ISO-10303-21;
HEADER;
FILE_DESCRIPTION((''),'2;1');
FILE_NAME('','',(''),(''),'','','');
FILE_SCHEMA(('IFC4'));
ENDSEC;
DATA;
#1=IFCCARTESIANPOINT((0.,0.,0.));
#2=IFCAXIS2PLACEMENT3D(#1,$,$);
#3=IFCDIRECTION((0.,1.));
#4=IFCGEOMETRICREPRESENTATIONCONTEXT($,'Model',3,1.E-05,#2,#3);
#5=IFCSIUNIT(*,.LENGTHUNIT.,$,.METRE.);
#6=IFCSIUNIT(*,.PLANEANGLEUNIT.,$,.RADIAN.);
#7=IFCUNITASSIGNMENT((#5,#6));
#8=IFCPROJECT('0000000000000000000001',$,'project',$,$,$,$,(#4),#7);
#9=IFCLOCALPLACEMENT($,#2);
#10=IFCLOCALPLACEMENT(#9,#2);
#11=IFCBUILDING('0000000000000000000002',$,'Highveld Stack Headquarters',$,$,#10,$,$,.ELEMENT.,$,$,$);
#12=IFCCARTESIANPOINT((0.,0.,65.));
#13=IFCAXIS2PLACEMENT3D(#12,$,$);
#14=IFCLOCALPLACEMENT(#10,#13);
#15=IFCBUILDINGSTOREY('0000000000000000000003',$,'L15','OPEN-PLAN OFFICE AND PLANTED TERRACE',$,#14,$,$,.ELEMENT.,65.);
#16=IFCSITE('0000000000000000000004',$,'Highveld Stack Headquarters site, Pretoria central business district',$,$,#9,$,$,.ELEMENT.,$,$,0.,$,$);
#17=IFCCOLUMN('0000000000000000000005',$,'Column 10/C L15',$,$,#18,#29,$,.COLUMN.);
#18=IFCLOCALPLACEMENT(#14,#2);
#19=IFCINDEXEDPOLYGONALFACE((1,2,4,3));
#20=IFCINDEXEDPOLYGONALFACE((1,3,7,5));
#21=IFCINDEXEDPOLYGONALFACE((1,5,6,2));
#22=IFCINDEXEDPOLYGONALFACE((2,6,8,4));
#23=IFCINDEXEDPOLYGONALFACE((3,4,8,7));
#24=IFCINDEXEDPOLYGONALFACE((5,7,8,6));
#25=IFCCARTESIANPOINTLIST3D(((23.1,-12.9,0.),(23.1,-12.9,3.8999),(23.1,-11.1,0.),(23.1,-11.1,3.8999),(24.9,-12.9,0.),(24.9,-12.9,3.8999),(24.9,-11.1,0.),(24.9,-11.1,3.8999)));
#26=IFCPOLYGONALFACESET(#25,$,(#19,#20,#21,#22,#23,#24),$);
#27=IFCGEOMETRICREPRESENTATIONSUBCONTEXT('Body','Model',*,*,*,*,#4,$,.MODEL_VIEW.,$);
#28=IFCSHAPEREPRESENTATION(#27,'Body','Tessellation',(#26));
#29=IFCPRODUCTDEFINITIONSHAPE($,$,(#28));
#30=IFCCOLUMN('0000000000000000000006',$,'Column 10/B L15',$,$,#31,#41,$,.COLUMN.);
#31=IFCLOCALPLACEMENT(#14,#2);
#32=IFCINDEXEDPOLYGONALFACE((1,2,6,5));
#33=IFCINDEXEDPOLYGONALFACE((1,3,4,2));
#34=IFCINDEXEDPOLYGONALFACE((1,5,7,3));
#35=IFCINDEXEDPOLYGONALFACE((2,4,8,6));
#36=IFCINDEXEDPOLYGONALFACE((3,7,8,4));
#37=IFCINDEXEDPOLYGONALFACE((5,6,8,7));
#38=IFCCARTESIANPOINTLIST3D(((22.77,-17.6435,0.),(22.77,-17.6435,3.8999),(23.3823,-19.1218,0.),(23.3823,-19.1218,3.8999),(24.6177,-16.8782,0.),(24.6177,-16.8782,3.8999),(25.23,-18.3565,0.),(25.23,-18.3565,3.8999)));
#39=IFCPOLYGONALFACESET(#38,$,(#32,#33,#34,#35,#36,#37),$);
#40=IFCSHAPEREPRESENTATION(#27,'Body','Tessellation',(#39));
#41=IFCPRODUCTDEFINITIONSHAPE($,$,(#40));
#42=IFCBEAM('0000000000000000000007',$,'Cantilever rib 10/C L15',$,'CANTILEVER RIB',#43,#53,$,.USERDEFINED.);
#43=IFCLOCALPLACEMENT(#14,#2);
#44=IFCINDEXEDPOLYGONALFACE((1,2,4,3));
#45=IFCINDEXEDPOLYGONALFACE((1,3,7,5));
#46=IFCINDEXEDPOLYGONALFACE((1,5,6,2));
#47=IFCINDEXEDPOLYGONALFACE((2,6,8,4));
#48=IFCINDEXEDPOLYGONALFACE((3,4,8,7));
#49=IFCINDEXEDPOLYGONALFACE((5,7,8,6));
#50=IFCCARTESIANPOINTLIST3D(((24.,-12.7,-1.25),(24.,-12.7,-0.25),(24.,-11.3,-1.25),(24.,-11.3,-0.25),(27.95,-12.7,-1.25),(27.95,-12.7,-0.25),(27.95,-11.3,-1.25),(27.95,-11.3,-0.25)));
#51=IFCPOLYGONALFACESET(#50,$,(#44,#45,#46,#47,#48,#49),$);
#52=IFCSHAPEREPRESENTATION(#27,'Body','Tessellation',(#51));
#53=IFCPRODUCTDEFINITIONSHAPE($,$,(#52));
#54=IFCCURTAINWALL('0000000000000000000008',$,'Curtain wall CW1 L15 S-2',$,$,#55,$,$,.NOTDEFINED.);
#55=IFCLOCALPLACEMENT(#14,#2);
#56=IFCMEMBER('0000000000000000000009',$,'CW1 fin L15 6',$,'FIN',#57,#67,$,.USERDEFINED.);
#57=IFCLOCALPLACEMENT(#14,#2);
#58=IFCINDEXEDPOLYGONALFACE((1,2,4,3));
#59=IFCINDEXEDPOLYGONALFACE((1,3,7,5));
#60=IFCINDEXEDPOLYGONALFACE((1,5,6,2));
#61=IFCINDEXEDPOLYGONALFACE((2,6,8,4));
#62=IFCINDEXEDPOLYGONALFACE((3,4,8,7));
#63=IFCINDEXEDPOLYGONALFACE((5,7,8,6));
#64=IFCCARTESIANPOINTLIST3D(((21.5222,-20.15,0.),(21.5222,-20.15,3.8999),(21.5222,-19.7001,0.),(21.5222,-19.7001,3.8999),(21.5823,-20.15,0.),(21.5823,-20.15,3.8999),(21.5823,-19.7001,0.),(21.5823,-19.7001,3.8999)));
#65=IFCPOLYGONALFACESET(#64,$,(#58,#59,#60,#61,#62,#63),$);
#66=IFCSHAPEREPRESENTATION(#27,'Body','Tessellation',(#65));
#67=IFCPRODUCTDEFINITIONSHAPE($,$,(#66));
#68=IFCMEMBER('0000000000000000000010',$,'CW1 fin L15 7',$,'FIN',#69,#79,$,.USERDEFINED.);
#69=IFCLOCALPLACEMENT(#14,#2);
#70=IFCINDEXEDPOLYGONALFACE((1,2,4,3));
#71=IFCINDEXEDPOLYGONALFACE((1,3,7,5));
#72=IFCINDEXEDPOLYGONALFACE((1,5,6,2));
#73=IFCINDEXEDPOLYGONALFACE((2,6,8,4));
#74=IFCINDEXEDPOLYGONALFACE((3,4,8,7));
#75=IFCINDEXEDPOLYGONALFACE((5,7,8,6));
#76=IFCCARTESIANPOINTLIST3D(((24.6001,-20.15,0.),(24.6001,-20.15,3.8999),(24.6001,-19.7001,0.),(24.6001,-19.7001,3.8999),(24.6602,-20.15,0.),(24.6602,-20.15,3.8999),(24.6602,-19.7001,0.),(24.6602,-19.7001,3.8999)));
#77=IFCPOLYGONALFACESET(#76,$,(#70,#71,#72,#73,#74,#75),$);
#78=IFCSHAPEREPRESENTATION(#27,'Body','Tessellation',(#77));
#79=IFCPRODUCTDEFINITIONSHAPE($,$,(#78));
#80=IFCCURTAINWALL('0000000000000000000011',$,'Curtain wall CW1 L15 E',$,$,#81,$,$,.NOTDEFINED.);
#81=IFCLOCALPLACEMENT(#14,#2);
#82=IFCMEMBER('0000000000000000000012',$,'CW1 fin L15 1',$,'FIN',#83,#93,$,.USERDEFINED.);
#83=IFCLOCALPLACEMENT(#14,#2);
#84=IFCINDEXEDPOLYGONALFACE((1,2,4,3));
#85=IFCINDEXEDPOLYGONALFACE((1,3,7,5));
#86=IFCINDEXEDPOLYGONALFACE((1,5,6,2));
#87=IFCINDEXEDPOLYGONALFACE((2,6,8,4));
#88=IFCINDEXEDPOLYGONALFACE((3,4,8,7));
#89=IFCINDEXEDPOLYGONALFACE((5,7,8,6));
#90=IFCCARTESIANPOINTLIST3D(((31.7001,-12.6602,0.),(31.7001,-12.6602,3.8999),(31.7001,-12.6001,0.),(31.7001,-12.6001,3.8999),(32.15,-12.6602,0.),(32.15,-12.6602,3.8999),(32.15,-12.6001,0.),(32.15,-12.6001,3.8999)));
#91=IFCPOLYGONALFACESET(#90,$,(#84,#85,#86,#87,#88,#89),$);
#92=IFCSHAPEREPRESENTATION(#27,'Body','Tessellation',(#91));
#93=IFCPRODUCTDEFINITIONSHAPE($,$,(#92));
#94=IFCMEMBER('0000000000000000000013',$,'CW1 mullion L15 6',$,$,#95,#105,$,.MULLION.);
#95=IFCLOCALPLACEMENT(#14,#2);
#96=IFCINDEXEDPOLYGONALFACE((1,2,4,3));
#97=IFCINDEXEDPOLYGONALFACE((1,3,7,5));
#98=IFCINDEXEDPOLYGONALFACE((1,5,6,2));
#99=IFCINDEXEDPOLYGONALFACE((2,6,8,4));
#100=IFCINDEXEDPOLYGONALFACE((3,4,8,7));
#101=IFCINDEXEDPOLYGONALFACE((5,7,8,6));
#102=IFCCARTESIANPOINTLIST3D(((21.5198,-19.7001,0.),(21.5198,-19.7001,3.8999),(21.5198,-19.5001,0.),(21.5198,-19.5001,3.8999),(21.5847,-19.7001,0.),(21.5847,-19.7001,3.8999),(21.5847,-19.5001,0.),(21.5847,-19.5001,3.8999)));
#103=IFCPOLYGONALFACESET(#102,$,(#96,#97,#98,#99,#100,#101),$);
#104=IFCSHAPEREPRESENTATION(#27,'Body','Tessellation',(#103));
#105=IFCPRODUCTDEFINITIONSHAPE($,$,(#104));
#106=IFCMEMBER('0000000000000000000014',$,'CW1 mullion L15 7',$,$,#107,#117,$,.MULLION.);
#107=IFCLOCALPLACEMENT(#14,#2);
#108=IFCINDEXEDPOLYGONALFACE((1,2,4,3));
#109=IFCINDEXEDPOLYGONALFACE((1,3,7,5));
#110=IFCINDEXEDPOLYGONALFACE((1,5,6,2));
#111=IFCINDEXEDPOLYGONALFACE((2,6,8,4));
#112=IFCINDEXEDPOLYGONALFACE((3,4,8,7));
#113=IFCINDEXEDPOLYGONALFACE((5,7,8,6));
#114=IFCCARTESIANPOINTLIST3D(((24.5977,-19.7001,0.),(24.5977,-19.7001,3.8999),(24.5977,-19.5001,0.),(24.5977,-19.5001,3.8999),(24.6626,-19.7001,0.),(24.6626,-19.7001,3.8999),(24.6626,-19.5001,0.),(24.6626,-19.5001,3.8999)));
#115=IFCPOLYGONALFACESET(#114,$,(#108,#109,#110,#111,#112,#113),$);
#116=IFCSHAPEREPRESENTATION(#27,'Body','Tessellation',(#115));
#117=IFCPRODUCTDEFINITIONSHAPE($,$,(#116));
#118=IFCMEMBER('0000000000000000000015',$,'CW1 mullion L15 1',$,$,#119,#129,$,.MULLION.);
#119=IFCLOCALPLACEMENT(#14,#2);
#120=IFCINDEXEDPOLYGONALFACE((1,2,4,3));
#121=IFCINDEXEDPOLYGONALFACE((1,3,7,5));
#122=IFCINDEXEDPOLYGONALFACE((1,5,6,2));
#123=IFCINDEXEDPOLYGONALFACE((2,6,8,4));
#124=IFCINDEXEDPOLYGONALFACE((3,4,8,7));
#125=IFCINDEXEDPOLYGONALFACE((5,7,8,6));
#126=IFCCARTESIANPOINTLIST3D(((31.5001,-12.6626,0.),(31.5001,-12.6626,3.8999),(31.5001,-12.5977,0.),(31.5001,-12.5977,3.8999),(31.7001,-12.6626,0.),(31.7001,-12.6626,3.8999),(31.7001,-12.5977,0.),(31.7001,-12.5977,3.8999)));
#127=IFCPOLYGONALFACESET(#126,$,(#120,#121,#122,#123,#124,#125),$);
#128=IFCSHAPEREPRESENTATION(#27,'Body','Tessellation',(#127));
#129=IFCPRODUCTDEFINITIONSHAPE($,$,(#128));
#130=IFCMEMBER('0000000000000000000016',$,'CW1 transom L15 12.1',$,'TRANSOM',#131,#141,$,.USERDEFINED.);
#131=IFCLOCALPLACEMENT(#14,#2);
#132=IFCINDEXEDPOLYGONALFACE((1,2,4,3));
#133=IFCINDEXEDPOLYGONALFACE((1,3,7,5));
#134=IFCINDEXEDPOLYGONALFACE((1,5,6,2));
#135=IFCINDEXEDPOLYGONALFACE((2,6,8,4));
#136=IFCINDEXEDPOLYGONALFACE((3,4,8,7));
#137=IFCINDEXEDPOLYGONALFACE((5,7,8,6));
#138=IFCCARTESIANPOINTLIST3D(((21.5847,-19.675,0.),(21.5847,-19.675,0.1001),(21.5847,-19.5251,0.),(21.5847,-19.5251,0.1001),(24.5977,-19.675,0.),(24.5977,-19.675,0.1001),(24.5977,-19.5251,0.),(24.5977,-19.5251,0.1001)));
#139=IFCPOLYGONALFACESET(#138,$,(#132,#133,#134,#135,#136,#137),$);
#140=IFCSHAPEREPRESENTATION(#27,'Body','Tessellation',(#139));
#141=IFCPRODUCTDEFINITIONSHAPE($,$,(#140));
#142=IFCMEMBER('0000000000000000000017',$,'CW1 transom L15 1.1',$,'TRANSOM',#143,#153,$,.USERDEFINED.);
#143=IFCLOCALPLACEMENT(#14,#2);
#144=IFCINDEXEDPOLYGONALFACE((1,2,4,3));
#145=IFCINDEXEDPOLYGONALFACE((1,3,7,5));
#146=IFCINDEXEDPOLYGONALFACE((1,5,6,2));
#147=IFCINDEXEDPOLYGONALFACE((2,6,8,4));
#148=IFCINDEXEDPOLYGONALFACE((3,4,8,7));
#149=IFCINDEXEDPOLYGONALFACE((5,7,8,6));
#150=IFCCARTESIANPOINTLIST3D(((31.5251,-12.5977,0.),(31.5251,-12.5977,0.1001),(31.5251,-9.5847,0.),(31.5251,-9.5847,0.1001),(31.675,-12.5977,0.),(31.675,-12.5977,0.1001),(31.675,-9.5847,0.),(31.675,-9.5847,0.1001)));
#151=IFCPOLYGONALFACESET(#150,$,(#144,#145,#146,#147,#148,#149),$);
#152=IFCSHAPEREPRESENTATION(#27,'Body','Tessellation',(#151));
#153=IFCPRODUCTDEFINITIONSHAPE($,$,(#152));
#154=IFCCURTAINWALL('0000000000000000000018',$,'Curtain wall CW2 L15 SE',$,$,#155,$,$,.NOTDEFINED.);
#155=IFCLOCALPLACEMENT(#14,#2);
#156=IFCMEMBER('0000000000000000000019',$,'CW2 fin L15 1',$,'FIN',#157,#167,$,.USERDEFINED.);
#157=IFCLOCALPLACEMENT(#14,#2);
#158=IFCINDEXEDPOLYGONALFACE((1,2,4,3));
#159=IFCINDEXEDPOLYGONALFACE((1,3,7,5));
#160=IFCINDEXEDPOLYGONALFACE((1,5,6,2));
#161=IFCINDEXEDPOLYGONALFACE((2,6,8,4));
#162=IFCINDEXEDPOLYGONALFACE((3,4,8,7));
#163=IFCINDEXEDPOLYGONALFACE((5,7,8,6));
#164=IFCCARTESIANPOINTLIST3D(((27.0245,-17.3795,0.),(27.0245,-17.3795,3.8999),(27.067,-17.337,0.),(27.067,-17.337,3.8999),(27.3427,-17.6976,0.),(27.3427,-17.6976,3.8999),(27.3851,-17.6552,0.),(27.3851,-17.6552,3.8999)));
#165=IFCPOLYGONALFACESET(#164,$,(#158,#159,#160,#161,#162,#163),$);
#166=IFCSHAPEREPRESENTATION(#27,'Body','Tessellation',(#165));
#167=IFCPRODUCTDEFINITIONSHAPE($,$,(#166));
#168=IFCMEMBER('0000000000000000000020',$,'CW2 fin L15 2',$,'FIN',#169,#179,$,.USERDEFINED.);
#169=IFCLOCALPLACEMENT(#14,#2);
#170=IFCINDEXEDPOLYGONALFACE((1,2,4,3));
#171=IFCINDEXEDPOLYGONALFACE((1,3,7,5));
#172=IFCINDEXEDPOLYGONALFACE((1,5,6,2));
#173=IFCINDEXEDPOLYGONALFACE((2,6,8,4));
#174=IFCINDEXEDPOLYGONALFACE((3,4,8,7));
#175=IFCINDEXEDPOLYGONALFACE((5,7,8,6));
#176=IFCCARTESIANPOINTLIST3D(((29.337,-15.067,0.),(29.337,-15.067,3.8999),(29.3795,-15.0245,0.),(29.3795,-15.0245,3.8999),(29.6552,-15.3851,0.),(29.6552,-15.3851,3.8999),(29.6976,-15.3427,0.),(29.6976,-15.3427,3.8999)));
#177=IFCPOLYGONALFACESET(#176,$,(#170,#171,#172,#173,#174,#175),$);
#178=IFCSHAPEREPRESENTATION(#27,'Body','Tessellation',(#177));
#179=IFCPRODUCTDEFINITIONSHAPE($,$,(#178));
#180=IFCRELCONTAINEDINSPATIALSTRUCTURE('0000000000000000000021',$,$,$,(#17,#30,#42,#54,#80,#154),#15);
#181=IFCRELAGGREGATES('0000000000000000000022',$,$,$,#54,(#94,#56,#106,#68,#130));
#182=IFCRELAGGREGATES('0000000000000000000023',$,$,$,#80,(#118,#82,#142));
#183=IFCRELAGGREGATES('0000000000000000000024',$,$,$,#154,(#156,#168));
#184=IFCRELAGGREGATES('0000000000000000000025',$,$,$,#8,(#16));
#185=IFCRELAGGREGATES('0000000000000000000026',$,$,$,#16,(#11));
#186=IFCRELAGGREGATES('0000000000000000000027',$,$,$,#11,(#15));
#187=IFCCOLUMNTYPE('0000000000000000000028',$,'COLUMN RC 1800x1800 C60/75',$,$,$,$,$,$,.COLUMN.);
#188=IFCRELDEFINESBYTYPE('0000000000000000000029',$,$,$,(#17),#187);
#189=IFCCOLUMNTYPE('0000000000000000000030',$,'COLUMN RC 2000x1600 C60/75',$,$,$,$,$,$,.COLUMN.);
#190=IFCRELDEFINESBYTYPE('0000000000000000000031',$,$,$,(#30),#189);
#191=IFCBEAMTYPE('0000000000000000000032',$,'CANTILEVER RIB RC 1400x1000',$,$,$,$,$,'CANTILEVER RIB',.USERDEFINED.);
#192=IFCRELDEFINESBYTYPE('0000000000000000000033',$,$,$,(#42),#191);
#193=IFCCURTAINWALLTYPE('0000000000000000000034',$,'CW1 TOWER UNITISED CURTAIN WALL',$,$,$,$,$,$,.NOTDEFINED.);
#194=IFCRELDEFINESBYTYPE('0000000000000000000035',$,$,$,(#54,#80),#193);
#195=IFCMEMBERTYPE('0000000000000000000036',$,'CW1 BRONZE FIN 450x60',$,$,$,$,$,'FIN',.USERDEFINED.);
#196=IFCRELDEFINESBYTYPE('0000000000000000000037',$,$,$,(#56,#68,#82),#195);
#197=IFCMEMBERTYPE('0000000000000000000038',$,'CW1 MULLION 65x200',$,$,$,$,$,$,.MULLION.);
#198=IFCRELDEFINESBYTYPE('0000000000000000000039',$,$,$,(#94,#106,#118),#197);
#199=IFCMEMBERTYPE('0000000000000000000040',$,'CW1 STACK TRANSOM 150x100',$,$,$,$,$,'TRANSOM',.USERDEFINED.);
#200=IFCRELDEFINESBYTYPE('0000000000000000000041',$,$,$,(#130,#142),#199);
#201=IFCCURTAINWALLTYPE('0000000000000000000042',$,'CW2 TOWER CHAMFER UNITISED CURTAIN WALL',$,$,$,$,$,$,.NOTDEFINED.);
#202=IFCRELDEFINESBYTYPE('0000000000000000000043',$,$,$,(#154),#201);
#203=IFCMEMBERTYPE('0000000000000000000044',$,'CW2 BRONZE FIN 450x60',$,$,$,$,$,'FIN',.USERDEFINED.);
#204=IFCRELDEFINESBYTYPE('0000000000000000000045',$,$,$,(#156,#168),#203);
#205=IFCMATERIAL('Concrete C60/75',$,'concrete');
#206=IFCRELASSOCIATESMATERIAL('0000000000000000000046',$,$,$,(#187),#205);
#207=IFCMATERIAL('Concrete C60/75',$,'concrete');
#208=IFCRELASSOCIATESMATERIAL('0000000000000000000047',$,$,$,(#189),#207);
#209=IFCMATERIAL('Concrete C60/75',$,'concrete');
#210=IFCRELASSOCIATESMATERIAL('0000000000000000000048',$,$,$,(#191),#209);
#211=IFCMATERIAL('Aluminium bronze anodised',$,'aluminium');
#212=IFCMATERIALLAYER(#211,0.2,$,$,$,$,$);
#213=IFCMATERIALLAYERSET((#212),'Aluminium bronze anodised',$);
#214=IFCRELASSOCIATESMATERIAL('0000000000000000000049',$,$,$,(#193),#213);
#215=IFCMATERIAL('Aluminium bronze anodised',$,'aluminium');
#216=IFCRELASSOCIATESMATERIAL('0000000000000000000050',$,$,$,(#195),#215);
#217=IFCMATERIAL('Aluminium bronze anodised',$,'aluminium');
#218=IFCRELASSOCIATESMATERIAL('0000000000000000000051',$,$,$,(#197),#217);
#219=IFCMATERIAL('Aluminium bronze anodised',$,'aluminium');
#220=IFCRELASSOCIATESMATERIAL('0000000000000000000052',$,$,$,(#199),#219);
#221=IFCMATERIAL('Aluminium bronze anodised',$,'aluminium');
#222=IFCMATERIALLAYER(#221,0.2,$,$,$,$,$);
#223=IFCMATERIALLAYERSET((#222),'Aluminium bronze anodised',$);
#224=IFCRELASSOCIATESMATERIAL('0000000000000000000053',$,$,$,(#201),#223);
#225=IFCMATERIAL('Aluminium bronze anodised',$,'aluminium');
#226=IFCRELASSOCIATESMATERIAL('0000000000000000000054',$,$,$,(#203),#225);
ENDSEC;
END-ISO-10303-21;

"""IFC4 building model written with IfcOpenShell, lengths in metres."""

from ifc_helpers import new_model, si_unit, direction, frame, origin, origin_2d, place, context, subcontext, project, spatial, rectangle, extrude, material, layer, layer_set, material_profile, profile_set, type_object, element, aggregate, save


model = new_model("IFC4")

# Units and contexts
model_context = context("Model", 3, precision=1e-05, world=origin(), true_north=direction((0.0, 1.0)))
body_context = subcontext(model_context, "Body", "Model", "MODEL_VIEW")
ifc_project = project(units=[si_unit("LENGTHUNIT", "METRE"), si_unit("PLANEANGLEUNIT", "RADIAN")], contexts=[model_context])

# Site, building, storey
site_placement = place(None, origin())
site = spatial("IfcSite", under=ifc_project, at=site_placement, Name="Highveld Stack Headquarters site, Pretoria central business district", CompositionType="ELEMENT", RefElevation=0.0)
building_placement = place(site_placement, origin())
building = spatial("IfcBuilding", under=site, at=building_placement, Name="Highveld Stack Headquarters", CompositionType="ELEMENT")
storey_placement = place(building_placement, frame((0.0, 0.0, 65.0)))
storey = spatial("IfcBuildingStorey", under=building, at=storey_placement, Name="L15", Description="OPEN-PLAN OFFICE AND PLANTED TERRACE", CompositionType="ELEMENT", Elevation=65.0)

# Columns
ifc_material_1 = material(Name="Concrete C60/75", Category="concrete")
ifc_material_profile_1 = material_profile(ifc_material_1, rectangle(XDim=1.8, YDim=1.8, at=origin_2d()), Name="RC 1800x1800")
ifc_profile_set_1 = profile_set([ifc_material_profile_1], Name="Concrete C60/75")
column_type_1 = type_object("IfcColumnType", Name="COLUMN RC 1800x1800 C60/75", PredefinedType="COLUMN", material=ifc_profile_set_1)
column_1_placement = place(storey_placement, frame((24.0, -12.0, 0.0), z_axis=(0.0, 0.0, 1.0), x_axis=(1.0, 0.0, 0.0)))
element("IfcColumn", 1, at=column_1_placement, inside=storey, type_object=column_type_1, Name="Column 10/C L15", PredefinedType="COLUMN", context=body_context, shape_type="SweptSolid", body=[
    extrude(rectangle(XDim=1.8, YDim=1.8, at=origin_2d()), origin(), (0.0, 0.0, 1.0), 3.8999),
])
ifc_material_2 = material(Name="Concrete C60/75", Category="concrete")
ifc_material_profile_2 = material_profile(ifc_material_2, rectangle(XDim=2.0, YDim=1.6001, at=origin_2d()), Name="RC 2000x1600")
ifc_profile_set_2 = profile_set([ifc_material_profile_2], Name="Concrete C60/75")
column_type_2 = type_object("IfcColumnType", Name="COLUMN RC 2000x1600 C60/75", PredefinedType="COLUMN", material=ifc_profile_set_2)
column_2_placement = place(storey_placement, frame((24.0, -18.0, 0.0), z_axis=(0.0, 0.0, 1.0), x_axis=(-0.92388, -0.382683, 0.0)))
element("IfcColumn", 2, at=column_2_placement, inside=storey, type_object=column_type_2, Name="Column 10/B L15", PredefinedType="COLUMN", context=body_context, shape_type="SweptSolid", body=[
    extrude(rectangle(XDim=2.0, YDim=1.6001, at=origin_2d()), origin(), (0.0, 0.0, 1.0), 3.8999),
])

# Beam
ifc_material_3 = material(Name="Concrete C60/75", Category="concrete")
ifc_material_profile_3 = material_profile(ifc_material_3, rectangle(XDim=1.3999, YDim=1.0, at=origin_2d()), Name="RC 1400x1000")
ifc_profile_set_3 = profile_set([ifc_material_profile_3], Name="Concrete C60/75")
beam_type_1 = type_object("IfcBeamType", Name="CANTILEVER RIB RC 1400x1000", ElementType="CANTILEVER RIB", PredefinedType="USERDEFINED", material=ifc_profile_set_3)
beam_1_placement = place(storey_placement, frame((24.0, -12.0, -0.75), z_axis=(1.0, 0.0, 0.0), x_axis=(0.0, 1.0, 0.0)))
element("IfcBeam", 3, at=beam_1_placement, inside=storey, type_object=beam_type_1, Name="Cantilever rib 10/C L15", ObjectType="CANTILEVER RIB", PredefinedType="USERDEFINED", context=body_context, shape_type="SweptSolid", body=[
    extrude(rectangle(XDim=1.3999, YDim=1.0, at=origin_2d()), origin(), (0.0, 0.0, 1.0), 3.95),
])

# Curtain wall, members
ifc_material_4 = material(Name="Aluminium bronze anodised", Category="aluminium")
ifc_layer_1 = layer(ifc_material_4, 0.2)
ifc_layer_set_1 = layer_set([ifc_layer_1], Name="Aluminium bronze anodised")
curtain_wall_type_1 = type_object("IfcCurtainWallType", Name="CW1 TOWER UNITISED CURTAIN WALL", PredefinedType="NOTDEFINED", material=ifc_layer_set_1)
curtain_wall_1_placement = place(storey_placement, origin())
curtain_wall_1 = element("IfcCurtainWall", 4, at=curtain_wall_1_placement, inside=storey, type_object=curtain_wall_type_1, Name="Curtain wall CW1 L15 S-2", PredefinedType="NOTDEFINED")
ifc_material_5 = material(Name="Aluminium bronze anodised", Category="aluminium")
ifc_material_profile_4 = material_profile(ifc_material_5, rectangle(XDim=0.45, YDim=0.0601, at=origin_2d()), Name="FIN 450x60")
ifc_profile_set_4 = profile_set([ifc_material_profile_4], Name="Aluminium bronze anodised")
member_type_1 = type_object("IfcMemberType", Name="CW1 BRONZE FIN 450x60", ElementType="FIN", PredefinedType="USERDEFINED", material=ifc_profile_set_4)
member_1_placement = place(storey_placement, frame((21.5522, -19.925, 0.0), z_axis=(0.0, 0.0, 1.0), x_axis=(0.0, 1.0, 0.0)))
member_1 = element("IfcMember", 5, at=member_1_placement, type_object=member_type_1, Name="CW1 fin L15 6", ObjectType="FIN", PredefinedType="USERDEFINED", context=body_context, shape_type="SweptSolid", body=[
    extrude(rectangle(XDim=0.45, YDim=0.0601, at=origin_2d()), origin(), (0.0, 0.0, 1.0), 3.8999),
])
member_2_placement = place(storey_placement, frame((24.6301, -19.925, 0.0), z_axis=(0.0, 0.0, 1.0), x_axis=(0.0, 1.0, 0.0)))
member_2 = element("IfcMember", 6, at=member_2_placement, type_object=member_type_1, Name="CW1 fin L15 7", ObjectType="FIN", PredefinedType="USERDEFINED", context=body_context, shape_type="SweptSolid", body=[
    extrude(rectangle(XDim=0.45, YDim=0.0601, at=origin_2d()), origin(), (0.0, 0.0, 1.0), 3.8999),
])

# Curtain wall, member
curtain_wall_2_placement = place(storey_placement, origin())
curtain_wall_2 = element("IfcCurtainWall", 7, at=curtain_wall_2_placement, inside=storey, type_object=curtain_wall_type_1, Name="Curtain wall CW1 L15 E", PredefinedType="NOTDEFINED")
member_3_placement = place(storey_placement, frame((31.925, -12.6301, 0.0), z_axis=(0.0, 0.0, 1.0), x_axis=(-1.0, 0.0, 0.0)))
member_3 = element("IfcMember", 8, at=member_3_placement, type_object=member_type_1, Name="CW1 fin L15 1", ObjectType="FIN", PredefinedType="USERDEFINED", context=body_context, shape_type="SweptSolid", body=[
    extrude(rectangle(XDim=0.45, YDim=0.0601, at=origin_2d()), origin(), (0.0, 0.0, 1.0), 3.8999),
])

# Members
ifc_material_6 = material(Name="Aluminium bronze anodised", Category="aluminium")
ifc_material_profile_5 = material_profile(ifc_material_6, rectangle(XDim=0.2, YDim=0.0649, at=origin_2d()), Name="CW1 MULLION 65x200")
ifc_profile_set_5 = profile_set([ifc_material_profile_5], Name="Aluminium bronze anodised")
member_type_2 = type_object("IfcMemberType", Name="CW1 MULLION 65x200", PredefinedType="MULLION", material=ifc_profile_set_5)
member_4_placement = place(storey_placement, frame((21.5522, -19.6001, 0.0), z_axis=(0.0, 0.0, 1.0), x_axis=(0.0, 1.0, 0.0)))
member_4 = element("IfcMember", 9, at=member_4_placement, type_object=member_type_2, Name="CW1 mullion L15 6", PredefinedType="MULLION", context=body_context, shape_type="SweptSolid", body=[
    extrude(rectangle(XDim=0.2, YDim=0.0649, at=origin_2d()), origin(), (0.0, 0.0, 1.0), 3.8999),
])
member_5_placement = place(storey_placement, frame((24.6301, -19.6001, 0.0), z_axis=(0.0, 0.0, 1.0), x_axis=(0.0, 1.0, 0.0)))
member_5 = element("IfcMember", 10, at=member_5_placement, type_object=member_type_2, Name="CW1 mullion L15 7", PredefinedType="MULLION", context=body_context, shape_type="SweptSolid", body=[
    extrude(rectangle(XDim=0.2, YDim=0.0649, at=origin_2d()), origin(), (0.0, 0.0, 1.0), 3.8999),
])
member_6_placement = place(storey_placement, frame((31.6001, -12.6301, 0.0), z_axis=(0.0, 0.0, 1.0), x_axis=(-1.0, 0.0, 0.0)))
member_6 = element("IfcMember", 11, at=member_6_placement, type_object=member_type_2, Name="CW1 mullion L15 1", PredefinedType="MULLION", context=body_context, shape_type="SweptSolid", body=[
    extrude(rectangle(XDim=0.2, YDim=0.0649, at=origin_2d()), origin(), (0.0, 0.0, 1.0), 3.8999),
])
ifc_material_7 = material(Name="Aluminium bronze anodised", Category="aluminium")
ifc_material_profile_6 = material_profile(ifc_material_7, rectangle(XDim=0.1499, YDim=0.1001, at=origin_2d()), Name="CW1 TRANSOM 150x100")
ifc_profile_set_6 = profile_set([ifc_material_profile_6], Name="Aluminium bronze anodised")
member_type_3 = type_object("IfcMemberType", Name="CW1 STACK TRANSOM 150x100", ElementType="TRANSOM", PredefinedType="USERDEFINED", material=ifc_profile_set_6)
member_7_placement = place(storey_placement, frame((21.5847, -19.6001, 0.05), z_axis=(1.0, 0.0, 0.0), x_axis=(0.0, 1.0, 0.0)))
member_7 = element("IfcMember", 12, at=member_7_placement, type_object=member_type_3, Name="CW1 transom L15 12.1", ObjectType="TRANSOM", PredefinedType="USERDEFINED", context=body_context, shape_type="SweptSolid", body=[
    extrude(rectangle(XDim=0.1499, YDim=0.1001, at=origin_2d()), origin(), (0.0, 0.0, 1.0), 3.0129),
])
member_8_placement = place(storey_placement, frame((31.6001, -12.5977, 0.05), z_axis=(0.0, 1.0, 0.0), x_axis=(-1.0, 0.0, 0.0)))
member_8 = element("IfcMember", 13, at=member_8_placement, type_object=member_type_3, Name="CW1 transom L15 1.1", ObjectType="TRANSOM", PredefinedType="USERDEFINED", context=body_context, shape_type="SweptSolid", body=[
    extrude(rectangle(XDim=0.1499, YDim=0.1001, at=origin_2d()), origin(), (0.0, 0.0, 1.0), 3.0129),
])

# Curtain wall, members
ifc_material_8 = material(Name="Aluminium bronze anodised", Category="aluminium")
ifc_layer_2 = layer(ifc_material_8, 0.2)
ifc_layer_set_2 = layer_set([ifc_layer_2], Name="Aluminium bronze anodised")
curtain_wall_type_2 = type_object("IfcCurtainWallType", Name="CW2 TOWER CHAMFER UNITISED CURTAIN WALL", PredefinedType="NOTDEFINED", material=ifc_layer_set_2)
curtain_wall_3_placement = place(storey_placement, origin())
curtain_wall_3 = element("IfcCurtainWall", 14, at=curtain_wall_3_placement, inside=storey, type_object=curtain_wall_type_2, Name="Curtain wall CW2 L15 SE", PredefinedType="NOTDEFINED")
ifc_material_9 = material(Name="Aluminium bronze anodised", Category="aluminium")
ifc_material_profile_7 = material_profile(ifc_material_9, rectangle(XDim=0.45, YDim=0.0601, at=origin_2d()), Name="FIN 450x60")
ifc_profile_set_7 = profile_set([ifc_material_profile_7], Name="Aluminium bronze anodised")
member_type_4 = type_object("IfcMemberType", Name="CW2 BRONZE FIN 450x60", ElementType="FIN", PredefinedType="USERDEFINED", material=ifc_profile_set_7)
member_9_placement = place(storey_placement, frame((27.2048, -17.5173, 0.0), z_axis=(0.0, 0.0, 1.0), x_axis=(-0.707107, 0.707107, 0.0)))
member_9 = element("IfcMember", 15, at=member_9_placement, type_object=member_type_4, Name="CW2 fin L15 1", ObjectType="FIN", PredefinedType="USERDEFINED", context=body_context, shape_type="SweptSolid", body=[
    extrude(rectangle(XDim=0.45, YDim=0.0601, at=origin_2d()), origin(), (0.0, 0.0, 1.0), 3.8999),
])
member_10_placement = place(storey_placement, frame((29.5173, -15.2048, 0.0), z_axis=(0.0, 0.0, 1.0), x_axis=(-0.707107, 0.707107, 0.0)))
member_10 = element("IfcMember", 16, at=member_10_placement, type_object=member_type_4, Name="CW2 fin L15 2", ObjectType="FIN", PredefinedType="USERDEFINED", context=body_context, shape_type="SweptSolid", body=[
    extrude(rectangle(XDim=0.45, YDim=0.0601, at=origin_2d()), origin(), (0.0, 0.0, 1.0), 3.8999),
])

aggregate(curtain_wall_1, [member_4, member_1, member_5, member_2, member_7])
aggregate(curtain_wall_2, [member_6, member_3, member_8])
aggregate(curtain_wall_3, [member_9, member_10])

save(model, "model.ifc")
